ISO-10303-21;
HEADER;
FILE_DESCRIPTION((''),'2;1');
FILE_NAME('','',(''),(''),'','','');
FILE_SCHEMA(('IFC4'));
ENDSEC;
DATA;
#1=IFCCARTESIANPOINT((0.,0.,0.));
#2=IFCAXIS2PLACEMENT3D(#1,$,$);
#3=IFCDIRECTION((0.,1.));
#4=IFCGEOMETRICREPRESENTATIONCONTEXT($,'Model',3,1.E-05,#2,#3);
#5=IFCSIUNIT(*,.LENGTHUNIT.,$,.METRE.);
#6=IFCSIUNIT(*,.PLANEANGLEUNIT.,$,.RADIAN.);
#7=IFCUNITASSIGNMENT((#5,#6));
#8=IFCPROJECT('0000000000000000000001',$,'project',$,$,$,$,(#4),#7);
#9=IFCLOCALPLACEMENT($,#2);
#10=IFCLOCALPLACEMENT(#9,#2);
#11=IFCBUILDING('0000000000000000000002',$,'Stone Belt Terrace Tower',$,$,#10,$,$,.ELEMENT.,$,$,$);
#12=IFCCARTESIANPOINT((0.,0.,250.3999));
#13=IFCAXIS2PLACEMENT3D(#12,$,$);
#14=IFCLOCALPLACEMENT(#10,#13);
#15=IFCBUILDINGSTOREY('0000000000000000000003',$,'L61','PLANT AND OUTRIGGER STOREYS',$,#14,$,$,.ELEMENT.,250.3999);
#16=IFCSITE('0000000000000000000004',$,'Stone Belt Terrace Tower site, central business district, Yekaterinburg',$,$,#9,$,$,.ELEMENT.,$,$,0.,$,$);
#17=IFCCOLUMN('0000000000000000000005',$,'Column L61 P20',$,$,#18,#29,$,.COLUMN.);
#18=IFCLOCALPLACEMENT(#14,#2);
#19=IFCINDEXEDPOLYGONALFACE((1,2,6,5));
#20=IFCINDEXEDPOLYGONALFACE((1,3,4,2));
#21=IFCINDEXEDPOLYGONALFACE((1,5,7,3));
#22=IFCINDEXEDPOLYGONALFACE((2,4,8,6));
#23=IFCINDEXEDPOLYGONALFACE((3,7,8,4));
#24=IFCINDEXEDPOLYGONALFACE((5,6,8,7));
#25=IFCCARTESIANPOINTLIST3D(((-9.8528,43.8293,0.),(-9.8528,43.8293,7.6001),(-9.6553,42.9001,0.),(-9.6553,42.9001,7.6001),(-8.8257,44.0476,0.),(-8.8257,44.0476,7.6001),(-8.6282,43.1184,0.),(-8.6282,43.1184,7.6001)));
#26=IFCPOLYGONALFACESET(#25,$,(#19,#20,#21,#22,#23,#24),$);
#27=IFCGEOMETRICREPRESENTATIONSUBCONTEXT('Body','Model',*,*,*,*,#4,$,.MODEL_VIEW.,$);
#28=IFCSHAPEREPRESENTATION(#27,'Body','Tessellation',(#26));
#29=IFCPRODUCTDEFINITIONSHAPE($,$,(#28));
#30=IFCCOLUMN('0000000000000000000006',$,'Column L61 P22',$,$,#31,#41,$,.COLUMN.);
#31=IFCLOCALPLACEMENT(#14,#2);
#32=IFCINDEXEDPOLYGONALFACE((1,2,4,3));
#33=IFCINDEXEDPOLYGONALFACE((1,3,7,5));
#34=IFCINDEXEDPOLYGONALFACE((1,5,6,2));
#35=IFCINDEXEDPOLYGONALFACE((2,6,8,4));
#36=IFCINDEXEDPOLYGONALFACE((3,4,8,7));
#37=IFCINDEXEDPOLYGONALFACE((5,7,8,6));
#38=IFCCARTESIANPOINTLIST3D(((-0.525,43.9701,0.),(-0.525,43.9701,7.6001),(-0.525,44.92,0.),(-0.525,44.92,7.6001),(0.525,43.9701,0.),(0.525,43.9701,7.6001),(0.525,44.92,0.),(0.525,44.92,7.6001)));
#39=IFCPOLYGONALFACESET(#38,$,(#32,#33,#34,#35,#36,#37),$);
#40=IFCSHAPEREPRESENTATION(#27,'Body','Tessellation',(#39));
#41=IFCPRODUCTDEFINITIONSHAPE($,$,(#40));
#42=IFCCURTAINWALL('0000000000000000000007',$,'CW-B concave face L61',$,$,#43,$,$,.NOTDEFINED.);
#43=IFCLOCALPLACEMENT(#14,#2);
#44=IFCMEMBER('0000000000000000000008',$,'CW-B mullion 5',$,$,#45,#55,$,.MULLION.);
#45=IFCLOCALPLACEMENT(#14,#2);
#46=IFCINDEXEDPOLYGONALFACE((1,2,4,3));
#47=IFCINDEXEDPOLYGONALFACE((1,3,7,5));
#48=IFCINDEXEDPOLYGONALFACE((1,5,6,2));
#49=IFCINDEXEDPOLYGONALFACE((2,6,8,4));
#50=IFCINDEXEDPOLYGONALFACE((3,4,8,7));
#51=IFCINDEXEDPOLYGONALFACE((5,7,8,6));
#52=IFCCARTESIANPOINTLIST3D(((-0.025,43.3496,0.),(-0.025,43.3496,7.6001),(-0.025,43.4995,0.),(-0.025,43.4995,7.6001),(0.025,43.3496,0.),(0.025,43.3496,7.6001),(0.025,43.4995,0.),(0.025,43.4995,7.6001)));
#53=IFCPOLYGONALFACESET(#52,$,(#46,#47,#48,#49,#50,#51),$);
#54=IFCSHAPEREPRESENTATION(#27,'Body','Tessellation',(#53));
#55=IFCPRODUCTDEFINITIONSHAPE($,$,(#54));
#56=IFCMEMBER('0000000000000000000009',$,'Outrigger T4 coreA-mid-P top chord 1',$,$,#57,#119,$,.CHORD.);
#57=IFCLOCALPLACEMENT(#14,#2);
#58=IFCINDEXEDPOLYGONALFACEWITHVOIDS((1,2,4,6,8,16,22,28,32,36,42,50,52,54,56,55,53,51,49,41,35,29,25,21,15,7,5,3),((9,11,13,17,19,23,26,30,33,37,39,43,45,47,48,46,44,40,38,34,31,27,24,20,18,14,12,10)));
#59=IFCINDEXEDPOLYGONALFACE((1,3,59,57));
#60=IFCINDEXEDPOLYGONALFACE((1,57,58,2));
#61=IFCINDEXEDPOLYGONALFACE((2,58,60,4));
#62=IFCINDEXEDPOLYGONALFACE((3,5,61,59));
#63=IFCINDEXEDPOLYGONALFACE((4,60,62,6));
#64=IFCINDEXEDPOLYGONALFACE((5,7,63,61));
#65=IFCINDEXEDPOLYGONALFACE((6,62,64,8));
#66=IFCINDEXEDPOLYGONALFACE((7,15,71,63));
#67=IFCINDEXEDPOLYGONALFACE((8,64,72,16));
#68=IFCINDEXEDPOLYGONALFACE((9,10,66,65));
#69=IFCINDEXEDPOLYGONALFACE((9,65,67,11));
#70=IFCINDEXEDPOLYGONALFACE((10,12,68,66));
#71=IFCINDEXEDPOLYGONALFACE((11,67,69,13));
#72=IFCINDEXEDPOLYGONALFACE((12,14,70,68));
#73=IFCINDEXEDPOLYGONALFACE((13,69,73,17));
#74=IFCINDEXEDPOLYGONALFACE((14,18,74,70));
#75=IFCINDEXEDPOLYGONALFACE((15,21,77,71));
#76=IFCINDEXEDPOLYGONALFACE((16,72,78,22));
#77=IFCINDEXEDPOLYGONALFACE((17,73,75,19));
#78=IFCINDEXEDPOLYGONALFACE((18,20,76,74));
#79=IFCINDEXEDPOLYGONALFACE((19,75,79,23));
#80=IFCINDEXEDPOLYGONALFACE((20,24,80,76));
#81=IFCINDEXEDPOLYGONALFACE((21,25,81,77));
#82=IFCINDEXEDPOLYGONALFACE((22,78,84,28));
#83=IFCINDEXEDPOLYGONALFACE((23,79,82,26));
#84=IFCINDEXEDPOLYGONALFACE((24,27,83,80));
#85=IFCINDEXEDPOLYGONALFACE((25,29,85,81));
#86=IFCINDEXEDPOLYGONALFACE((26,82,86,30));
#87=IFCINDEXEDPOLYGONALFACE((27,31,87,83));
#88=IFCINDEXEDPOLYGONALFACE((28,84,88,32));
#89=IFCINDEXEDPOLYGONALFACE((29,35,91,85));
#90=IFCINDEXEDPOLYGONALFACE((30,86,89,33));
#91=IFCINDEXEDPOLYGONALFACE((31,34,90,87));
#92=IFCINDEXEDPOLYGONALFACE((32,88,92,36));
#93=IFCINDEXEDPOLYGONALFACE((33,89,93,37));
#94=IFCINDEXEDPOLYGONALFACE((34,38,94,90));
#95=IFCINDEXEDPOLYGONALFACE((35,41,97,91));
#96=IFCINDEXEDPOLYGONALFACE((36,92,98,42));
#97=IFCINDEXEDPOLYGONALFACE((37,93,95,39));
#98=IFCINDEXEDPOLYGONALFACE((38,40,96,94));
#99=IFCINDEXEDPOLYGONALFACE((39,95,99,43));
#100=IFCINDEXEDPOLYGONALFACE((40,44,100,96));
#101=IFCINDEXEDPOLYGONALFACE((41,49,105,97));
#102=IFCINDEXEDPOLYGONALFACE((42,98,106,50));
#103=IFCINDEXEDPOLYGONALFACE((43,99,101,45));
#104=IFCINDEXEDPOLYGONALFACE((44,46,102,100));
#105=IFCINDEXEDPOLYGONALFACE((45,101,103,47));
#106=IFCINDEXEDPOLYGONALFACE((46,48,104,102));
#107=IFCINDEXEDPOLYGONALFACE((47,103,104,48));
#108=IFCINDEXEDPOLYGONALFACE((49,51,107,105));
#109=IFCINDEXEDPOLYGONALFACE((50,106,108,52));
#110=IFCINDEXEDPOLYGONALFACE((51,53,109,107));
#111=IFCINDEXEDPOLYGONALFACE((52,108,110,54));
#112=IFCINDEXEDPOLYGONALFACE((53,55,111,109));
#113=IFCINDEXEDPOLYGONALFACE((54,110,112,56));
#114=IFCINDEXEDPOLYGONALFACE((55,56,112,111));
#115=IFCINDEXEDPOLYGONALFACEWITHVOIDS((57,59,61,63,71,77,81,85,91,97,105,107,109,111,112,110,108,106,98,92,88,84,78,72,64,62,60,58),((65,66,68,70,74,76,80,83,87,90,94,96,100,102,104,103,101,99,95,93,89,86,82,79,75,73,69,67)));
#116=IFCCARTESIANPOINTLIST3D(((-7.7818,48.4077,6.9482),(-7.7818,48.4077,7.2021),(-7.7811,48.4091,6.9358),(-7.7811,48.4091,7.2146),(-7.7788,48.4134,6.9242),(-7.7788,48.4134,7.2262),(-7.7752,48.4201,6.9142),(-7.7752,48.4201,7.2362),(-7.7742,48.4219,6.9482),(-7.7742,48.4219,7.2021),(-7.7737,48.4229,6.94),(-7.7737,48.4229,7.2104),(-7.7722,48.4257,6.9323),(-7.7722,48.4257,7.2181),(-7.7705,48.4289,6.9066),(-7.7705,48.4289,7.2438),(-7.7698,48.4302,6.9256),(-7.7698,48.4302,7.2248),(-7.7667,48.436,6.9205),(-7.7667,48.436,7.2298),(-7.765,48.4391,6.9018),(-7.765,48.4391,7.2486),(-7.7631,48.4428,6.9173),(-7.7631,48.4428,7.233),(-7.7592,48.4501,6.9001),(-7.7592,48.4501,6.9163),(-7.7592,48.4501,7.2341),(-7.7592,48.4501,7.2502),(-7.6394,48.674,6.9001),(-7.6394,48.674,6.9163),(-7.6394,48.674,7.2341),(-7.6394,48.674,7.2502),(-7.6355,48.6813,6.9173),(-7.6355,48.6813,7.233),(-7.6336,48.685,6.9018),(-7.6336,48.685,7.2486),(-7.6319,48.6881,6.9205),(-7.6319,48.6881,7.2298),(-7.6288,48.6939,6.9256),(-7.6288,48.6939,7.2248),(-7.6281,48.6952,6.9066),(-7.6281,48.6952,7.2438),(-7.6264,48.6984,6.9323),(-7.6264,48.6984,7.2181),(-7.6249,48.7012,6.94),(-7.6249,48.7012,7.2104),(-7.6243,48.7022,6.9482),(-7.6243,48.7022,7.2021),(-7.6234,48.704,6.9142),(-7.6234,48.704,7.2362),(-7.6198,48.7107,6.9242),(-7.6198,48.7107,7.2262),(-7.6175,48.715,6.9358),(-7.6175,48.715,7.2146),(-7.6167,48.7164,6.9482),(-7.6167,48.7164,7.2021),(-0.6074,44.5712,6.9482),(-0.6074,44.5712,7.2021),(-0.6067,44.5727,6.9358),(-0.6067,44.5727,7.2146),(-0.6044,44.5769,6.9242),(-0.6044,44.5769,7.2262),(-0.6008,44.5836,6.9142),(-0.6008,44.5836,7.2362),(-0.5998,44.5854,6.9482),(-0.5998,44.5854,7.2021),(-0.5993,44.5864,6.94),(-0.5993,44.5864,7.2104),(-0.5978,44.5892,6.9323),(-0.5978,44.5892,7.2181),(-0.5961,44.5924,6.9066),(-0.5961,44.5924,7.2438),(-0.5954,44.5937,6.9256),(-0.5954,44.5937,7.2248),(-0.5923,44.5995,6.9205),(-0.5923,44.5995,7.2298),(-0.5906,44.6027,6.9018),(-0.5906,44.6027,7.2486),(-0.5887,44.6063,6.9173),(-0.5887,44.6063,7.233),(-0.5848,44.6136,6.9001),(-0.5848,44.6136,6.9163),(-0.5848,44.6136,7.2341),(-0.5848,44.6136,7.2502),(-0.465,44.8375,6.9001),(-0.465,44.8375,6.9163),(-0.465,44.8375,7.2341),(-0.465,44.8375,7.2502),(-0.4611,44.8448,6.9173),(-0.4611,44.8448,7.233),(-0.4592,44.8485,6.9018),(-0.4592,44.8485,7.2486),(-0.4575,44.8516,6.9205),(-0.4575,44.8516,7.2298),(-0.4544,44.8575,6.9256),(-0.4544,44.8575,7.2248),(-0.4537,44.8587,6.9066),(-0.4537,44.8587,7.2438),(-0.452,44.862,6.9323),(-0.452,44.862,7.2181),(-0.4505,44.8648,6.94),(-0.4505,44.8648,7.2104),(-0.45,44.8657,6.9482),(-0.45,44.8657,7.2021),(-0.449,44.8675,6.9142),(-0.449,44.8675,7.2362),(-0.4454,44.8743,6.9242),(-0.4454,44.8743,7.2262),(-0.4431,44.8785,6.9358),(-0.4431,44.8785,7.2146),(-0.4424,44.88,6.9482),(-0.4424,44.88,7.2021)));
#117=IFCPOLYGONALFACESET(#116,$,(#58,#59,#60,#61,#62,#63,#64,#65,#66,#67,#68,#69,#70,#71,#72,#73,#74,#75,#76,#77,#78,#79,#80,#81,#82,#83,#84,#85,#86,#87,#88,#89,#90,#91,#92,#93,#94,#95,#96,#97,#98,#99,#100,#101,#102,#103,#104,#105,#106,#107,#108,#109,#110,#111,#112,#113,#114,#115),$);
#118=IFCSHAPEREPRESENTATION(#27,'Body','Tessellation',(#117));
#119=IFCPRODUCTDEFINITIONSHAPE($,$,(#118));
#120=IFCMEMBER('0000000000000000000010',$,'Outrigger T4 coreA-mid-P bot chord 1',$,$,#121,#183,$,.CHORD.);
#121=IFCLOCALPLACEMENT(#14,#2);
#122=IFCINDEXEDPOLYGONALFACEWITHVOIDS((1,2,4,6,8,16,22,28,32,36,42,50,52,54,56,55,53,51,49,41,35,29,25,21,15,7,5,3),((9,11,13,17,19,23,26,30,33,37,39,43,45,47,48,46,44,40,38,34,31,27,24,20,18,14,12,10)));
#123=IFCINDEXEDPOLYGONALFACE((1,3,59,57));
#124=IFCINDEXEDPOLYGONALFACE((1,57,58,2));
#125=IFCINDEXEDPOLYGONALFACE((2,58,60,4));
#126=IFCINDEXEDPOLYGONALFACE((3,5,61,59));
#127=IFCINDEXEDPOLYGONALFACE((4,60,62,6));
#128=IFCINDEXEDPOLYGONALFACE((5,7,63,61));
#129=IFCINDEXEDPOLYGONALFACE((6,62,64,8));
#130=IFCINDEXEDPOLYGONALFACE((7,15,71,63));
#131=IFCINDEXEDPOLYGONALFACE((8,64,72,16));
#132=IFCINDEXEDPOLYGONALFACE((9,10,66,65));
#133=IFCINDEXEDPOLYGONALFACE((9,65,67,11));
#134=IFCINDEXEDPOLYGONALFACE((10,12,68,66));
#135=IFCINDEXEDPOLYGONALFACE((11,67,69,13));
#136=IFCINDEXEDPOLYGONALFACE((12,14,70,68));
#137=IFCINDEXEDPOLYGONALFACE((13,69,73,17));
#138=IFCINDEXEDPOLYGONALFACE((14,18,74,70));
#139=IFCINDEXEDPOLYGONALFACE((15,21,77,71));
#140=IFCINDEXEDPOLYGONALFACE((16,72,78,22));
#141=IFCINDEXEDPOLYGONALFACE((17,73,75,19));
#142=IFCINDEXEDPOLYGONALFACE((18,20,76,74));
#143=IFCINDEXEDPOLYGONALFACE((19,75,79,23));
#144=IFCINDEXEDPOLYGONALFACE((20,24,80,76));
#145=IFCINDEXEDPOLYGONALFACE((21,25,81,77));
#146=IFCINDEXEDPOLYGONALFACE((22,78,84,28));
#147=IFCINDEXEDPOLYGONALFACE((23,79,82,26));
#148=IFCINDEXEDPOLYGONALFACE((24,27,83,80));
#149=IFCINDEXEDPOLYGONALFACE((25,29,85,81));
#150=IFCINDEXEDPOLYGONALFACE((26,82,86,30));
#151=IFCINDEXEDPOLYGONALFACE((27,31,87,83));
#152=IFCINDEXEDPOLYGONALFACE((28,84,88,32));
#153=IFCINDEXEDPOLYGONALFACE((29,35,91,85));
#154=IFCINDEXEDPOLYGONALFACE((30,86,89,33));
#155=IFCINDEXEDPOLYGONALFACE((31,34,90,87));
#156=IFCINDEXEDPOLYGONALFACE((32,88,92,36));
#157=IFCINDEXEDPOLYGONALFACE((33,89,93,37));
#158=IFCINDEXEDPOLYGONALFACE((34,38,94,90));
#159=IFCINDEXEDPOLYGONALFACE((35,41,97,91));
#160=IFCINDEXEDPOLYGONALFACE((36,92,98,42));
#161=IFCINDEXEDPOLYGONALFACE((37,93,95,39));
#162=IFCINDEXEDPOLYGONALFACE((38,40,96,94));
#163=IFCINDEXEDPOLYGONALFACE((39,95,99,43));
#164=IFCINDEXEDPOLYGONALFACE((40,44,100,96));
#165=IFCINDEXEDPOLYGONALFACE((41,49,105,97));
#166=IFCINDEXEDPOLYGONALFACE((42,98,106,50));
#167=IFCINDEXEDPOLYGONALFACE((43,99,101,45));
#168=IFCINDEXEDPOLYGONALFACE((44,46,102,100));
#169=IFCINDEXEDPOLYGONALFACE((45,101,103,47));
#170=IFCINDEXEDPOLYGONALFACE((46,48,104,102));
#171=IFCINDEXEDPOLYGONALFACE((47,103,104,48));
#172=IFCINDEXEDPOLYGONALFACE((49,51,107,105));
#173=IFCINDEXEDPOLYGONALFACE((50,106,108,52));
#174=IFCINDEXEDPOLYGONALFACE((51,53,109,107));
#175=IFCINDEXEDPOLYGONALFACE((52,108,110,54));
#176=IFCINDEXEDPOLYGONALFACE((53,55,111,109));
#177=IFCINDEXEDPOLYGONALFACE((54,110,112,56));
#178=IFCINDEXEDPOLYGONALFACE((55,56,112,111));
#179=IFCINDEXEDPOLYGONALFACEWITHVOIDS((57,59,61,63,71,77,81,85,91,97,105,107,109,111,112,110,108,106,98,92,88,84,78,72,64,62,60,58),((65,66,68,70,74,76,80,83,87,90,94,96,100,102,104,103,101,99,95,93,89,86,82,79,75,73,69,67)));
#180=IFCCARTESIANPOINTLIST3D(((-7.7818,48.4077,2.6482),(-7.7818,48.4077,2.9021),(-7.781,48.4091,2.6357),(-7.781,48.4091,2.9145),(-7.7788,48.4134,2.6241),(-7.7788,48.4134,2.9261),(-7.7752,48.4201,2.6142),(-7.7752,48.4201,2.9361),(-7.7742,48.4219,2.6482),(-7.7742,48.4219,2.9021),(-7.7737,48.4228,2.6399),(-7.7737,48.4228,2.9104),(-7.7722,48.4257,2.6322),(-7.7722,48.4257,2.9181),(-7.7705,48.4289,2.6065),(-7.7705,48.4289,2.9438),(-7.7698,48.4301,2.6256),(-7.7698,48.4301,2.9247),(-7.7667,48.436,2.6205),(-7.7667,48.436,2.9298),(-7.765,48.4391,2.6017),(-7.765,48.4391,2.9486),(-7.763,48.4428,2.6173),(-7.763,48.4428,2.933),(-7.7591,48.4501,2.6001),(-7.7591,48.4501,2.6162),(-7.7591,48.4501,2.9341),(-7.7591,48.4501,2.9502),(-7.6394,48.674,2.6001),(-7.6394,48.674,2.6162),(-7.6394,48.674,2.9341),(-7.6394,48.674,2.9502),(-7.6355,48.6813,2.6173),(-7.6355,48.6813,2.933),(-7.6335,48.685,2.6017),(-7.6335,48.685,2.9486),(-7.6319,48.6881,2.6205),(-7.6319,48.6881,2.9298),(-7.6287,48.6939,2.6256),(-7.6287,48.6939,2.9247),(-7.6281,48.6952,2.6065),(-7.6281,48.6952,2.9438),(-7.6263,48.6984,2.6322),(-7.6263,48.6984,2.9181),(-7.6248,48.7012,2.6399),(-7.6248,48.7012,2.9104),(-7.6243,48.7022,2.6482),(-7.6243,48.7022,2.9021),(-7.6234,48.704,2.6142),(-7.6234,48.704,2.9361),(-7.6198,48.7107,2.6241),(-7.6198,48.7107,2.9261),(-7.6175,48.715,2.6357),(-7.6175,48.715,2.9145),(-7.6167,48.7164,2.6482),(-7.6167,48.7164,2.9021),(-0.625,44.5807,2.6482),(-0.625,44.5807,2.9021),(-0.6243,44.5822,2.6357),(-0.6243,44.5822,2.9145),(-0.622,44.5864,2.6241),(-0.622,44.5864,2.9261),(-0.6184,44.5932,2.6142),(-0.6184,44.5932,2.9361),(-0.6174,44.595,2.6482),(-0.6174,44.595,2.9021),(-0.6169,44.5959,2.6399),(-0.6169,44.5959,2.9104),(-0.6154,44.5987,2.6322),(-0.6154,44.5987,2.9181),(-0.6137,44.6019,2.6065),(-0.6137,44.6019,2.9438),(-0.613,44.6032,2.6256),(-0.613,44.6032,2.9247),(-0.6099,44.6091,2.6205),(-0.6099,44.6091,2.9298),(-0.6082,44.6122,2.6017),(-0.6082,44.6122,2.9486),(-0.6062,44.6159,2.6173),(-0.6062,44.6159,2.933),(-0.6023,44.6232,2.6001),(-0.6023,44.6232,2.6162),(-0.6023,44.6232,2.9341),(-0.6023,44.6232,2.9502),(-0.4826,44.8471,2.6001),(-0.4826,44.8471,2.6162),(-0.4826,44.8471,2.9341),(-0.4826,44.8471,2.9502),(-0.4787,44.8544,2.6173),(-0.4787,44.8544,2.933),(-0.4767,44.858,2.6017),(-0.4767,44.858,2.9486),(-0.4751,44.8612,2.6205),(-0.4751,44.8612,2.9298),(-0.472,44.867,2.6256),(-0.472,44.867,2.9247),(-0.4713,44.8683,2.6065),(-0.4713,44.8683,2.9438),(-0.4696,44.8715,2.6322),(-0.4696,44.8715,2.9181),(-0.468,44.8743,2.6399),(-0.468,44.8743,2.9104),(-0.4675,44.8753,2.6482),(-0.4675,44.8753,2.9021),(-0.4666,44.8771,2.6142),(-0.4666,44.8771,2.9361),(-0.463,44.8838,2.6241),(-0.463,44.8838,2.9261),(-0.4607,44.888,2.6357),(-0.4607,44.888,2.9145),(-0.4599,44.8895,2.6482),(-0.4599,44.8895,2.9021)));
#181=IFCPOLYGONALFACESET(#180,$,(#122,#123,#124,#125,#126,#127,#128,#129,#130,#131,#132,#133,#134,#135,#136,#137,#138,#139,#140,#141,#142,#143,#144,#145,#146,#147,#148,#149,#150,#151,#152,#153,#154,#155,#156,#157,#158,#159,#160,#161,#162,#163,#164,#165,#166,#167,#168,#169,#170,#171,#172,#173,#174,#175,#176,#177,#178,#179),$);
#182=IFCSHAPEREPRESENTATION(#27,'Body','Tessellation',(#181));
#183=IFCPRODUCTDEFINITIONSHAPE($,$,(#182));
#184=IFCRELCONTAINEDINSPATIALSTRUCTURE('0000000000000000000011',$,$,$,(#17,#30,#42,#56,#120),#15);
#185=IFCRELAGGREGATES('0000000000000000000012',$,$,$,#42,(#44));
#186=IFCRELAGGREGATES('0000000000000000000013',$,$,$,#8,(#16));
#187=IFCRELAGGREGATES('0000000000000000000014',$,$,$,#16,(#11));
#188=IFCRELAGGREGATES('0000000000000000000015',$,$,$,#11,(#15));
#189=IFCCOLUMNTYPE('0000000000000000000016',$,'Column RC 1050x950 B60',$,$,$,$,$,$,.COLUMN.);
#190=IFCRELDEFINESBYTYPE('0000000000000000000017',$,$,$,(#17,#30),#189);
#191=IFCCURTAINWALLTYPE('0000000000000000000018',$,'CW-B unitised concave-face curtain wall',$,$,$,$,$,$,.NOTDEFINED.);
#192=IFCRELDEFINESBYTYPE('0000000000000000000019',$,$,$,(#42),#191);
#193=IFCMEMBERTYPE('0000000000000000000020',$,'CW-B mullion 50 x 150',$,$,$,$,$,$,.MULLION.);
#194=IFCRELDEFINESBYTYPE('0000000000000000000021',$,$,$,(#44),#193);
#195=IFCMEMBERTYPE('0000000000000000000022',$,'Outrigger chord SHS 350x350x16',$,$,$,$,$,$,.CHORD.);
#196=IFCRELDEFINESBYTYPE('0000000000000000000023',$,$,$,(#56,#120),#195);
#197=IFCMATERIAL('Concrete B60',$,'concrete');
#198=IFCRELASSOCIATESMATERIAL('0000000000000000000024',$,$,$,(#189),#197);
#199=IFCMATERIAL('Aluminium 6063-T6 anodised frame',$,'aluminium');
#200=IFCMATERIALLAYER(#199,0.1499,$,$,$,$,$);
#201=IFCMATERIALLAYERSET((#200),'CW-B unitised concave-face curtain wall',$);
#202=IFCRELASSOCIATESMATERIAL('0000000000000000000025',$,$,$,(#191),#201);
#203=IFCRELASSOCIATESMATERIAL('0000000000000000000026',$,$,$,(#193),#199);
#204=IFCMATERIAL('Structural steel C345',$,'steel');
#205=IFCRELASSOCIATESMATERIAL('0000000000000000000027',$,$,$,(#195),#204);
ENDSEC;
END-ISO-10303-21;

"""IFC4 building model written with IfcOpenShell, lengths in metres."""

from ifc_helpers import new_model, si_unit, direction, frame, origin, origin_2d, place, context, subcontext, project, spatial, rectangle, hollow_rectangle, extrude, material, layer, layer_set, material_profile, profile_set, type_object, element, aggregate, save


model = new_model("IFC4")

# Units and contexts
model_context = context("Model", 3, precision=1e-05, world=origin(), true_north=direction((0.0, 1.0)))
body_context = subcontext(model_context, "Body", "Model", "MODEL_VIEW")
ifc_project = project(units=[si_unit("LENGTHUNIT", "METRE"), si_unit("PLANEANGLEUNIT", "RADIAN")], contexts=[model_context])

# Site, building, storey
site_placement = place(None, origin())
site = spatial("IfcSite", under=ifc_project, at=site_placement, Name="Stone Belt Terrace Tower site, central business district, Yekaterinburg", CompositionType="ELEMENT", RefElevation=0.0)
building_placement = place(site_placement, origin())
building = spatial("IfcBuilding", under=site, at=building_placement, Name="Stone Belt Terrace Tower", CompositionType="ELEMENT")
storey_placement = place(building_placement, frame((0.0, 0.0, 250.3999)))
storey = spatial("IfcBuildingStorey", under=building, at=storey_placement, Name="L61", Description="PLANT AND OUTRIGGER STOREYS", CompositionType="ELEMENT", Elevation=250.3999)

# Columns
ifc_material_1 = material(Name="Concrete B60", Category="concrete")
ifc_material_profile_1 = material_profile(ifc_material_1, rectangle(XDim=1.05, YDim=0.95, at=origin_2d()), Name="RC 1050x950")
ifc_profile_set_1 = profile_set([ifc_material_profile_1], Name="Concrete B60")
column_type = type_object("IfcColumnType", Name="Column RC 1050x950 B60", PredefinedType="COLUMN", material=ifc_profile_set_1)
for number, where, z_axis, x_axis, name in (
    (1, (-9.2405, 43.4739, 0.0), (0.0, 0.0, 1.0), (0.978148, 0.207912, 0.0), "Column L61 P20"),
    (2, (0.0, 44.4451, 0.0), (0.0, 0.0, 1.0), (1.0, 0.0, 0.0), "Column L61 P22"),
):
    element("IfcColumn", number, at=place(storey_placement, frame(where, z_axis=z_axis, x_axis=x_axis)), inside=storey, type_object=column_type, Name=name, PredefinedType="COLUMN", context=body_context, shape_type="SweptSolid", body=[
        extrude(rectangle(XDim=1.05, YDim=0.95, at=origin_2d()), origin(), (0.0, 0.0, 1.0), 7.6001),
    ])

# Curtain wall, member
ifc_material_2 = material(Name="Aluminium 6063-T6 anodised frame", Category="aluminium")
ifc_layer_1 = layer(ifc_material_2, 0.1499)
ifc_layer_set_1 = layer_set([ifc_layer_1], Name="CW-B unitised concave-face curtain wall")
curtain_wall_type = type_object("IfcCurtainWallType", Name="CW-B unitised concave-face curtain wall", PredefinedType="NOTDEFINED", material=ifc_layer_set_1)
curtain_wall_placement = place(storey_placement, origin())
curtain_wall = element("IfcCurtainWall", 3, at=curtain_wall_placement, inside=storey, type_object=curtain_wall_type, Name="CW-B concave face L61", PredefinedType="NOTDEFINED")
ifc_material_profile_2 = material_profile(ifc_material_2, rectangle(XDim=0.1499, YDim=0.05, at=origin_2d()), Name="Aluminium 6063-T6 50x150")
ifc_profile_set_2 = profile_set([ifc_material_profile_2], Name="Aluminium 6063-T6 anodised frame")
member_type_1 = type_object("IfcMemberType", Name="CW-B mullion 50 x 150", PredefinedType="MULLION", material=ifc_profile_set_2)
member_1_placement = place(storey_placement, frame((0.0, 43.4246, 0.0), z_axis=(0.0, 0.0, 1.0), x_axis=(0.0, 1.0, 0.0)))
member_1 = element("IfcMember", 4, at=member_1_placement, type_object=member_type_1, Name="CW-B mullion 5", PredefinedType="MULLION", context=body_context, shape_type="SweptSolid", body=[
    extrude(rectangle(XDim=0.1499, YDim=0.05, at=origin_2d()), origin(), (0.0, 0.0, 1.0), 7.6001),
])

# Members
ifc_material_3 = material(Name="Structural steel C345", Category="steel")
ifc_material_profile_3 = material_profile(ifc_material_3, hollow_rectangle(XDim=0.3501, YDim=0.3501, WallThickness=0.0161, InnerFilletRadius=0.032, OuterFilletRadius=0.0481, at=origin_2d()), Name="SHS 350x350x16")
ifc_profile_set_3 = profile_set([ifc_material_profile_3], Name="Structural steel C345")
member_type_2 = type_object("IfcMemberType", Name="Outrigger chord SHS 350x350x16", PredefinedType="CHORD", material=ifc_profile_set_3)
member_2_placement = place(storey_placement, frame((-0.5249, 44.7256, 7.0752), z_axis=(-0.881836, 0.471557, 0.0), x_axis=(-0.471557, -0.881836, 0.0)))
element("IfcMember", 5, at=member_2_placement, inside=storey, type_object=member_type_2, Name="Outrigger T4 coreA-mid-P top chord 1", PredefinedType="CHORD", context=body_context, shape_type="SweptSolid", body=[
    extrude(hollow_rectangle(XDim=0.3501, YDim=0.3501, WallThickness=0.0161, InnerFilletRadius=0.032, OuterFilletRadius=0.0481, at=origin_2d()), origin(), (0.0, 0.0, 1.0), 8.1357),
])
member_3_placement = place(storey_placement, frame((-0.5425, 44.7351, 2.7751), z_axis=(-0.881842, 0.471545, 0.0), x_axis=(-0.471545, -0.881842, 0.0)))
element("IfcMember", 6, at=member_3_placement, inside=storey, type_object=member_type_2, Name="Outrigger T4 coreA-mid-P bot chord 1", PredefinedType="CHORD", context=body_context, shape_type="SweptSolid", body=[
    extrude(hollow_rectangle(XDim=0.3501, YDim=0.3501, WallThickness=0.0161, InnerFilletRadius=0.032, OuterFilletRadius=0.0481, at=origin_2d()), origin(), (0.0, 0.0, 1.0), 8.1157),
])

aggregate(curtain_wall, [member_1])

save(model, "model.ifc")
